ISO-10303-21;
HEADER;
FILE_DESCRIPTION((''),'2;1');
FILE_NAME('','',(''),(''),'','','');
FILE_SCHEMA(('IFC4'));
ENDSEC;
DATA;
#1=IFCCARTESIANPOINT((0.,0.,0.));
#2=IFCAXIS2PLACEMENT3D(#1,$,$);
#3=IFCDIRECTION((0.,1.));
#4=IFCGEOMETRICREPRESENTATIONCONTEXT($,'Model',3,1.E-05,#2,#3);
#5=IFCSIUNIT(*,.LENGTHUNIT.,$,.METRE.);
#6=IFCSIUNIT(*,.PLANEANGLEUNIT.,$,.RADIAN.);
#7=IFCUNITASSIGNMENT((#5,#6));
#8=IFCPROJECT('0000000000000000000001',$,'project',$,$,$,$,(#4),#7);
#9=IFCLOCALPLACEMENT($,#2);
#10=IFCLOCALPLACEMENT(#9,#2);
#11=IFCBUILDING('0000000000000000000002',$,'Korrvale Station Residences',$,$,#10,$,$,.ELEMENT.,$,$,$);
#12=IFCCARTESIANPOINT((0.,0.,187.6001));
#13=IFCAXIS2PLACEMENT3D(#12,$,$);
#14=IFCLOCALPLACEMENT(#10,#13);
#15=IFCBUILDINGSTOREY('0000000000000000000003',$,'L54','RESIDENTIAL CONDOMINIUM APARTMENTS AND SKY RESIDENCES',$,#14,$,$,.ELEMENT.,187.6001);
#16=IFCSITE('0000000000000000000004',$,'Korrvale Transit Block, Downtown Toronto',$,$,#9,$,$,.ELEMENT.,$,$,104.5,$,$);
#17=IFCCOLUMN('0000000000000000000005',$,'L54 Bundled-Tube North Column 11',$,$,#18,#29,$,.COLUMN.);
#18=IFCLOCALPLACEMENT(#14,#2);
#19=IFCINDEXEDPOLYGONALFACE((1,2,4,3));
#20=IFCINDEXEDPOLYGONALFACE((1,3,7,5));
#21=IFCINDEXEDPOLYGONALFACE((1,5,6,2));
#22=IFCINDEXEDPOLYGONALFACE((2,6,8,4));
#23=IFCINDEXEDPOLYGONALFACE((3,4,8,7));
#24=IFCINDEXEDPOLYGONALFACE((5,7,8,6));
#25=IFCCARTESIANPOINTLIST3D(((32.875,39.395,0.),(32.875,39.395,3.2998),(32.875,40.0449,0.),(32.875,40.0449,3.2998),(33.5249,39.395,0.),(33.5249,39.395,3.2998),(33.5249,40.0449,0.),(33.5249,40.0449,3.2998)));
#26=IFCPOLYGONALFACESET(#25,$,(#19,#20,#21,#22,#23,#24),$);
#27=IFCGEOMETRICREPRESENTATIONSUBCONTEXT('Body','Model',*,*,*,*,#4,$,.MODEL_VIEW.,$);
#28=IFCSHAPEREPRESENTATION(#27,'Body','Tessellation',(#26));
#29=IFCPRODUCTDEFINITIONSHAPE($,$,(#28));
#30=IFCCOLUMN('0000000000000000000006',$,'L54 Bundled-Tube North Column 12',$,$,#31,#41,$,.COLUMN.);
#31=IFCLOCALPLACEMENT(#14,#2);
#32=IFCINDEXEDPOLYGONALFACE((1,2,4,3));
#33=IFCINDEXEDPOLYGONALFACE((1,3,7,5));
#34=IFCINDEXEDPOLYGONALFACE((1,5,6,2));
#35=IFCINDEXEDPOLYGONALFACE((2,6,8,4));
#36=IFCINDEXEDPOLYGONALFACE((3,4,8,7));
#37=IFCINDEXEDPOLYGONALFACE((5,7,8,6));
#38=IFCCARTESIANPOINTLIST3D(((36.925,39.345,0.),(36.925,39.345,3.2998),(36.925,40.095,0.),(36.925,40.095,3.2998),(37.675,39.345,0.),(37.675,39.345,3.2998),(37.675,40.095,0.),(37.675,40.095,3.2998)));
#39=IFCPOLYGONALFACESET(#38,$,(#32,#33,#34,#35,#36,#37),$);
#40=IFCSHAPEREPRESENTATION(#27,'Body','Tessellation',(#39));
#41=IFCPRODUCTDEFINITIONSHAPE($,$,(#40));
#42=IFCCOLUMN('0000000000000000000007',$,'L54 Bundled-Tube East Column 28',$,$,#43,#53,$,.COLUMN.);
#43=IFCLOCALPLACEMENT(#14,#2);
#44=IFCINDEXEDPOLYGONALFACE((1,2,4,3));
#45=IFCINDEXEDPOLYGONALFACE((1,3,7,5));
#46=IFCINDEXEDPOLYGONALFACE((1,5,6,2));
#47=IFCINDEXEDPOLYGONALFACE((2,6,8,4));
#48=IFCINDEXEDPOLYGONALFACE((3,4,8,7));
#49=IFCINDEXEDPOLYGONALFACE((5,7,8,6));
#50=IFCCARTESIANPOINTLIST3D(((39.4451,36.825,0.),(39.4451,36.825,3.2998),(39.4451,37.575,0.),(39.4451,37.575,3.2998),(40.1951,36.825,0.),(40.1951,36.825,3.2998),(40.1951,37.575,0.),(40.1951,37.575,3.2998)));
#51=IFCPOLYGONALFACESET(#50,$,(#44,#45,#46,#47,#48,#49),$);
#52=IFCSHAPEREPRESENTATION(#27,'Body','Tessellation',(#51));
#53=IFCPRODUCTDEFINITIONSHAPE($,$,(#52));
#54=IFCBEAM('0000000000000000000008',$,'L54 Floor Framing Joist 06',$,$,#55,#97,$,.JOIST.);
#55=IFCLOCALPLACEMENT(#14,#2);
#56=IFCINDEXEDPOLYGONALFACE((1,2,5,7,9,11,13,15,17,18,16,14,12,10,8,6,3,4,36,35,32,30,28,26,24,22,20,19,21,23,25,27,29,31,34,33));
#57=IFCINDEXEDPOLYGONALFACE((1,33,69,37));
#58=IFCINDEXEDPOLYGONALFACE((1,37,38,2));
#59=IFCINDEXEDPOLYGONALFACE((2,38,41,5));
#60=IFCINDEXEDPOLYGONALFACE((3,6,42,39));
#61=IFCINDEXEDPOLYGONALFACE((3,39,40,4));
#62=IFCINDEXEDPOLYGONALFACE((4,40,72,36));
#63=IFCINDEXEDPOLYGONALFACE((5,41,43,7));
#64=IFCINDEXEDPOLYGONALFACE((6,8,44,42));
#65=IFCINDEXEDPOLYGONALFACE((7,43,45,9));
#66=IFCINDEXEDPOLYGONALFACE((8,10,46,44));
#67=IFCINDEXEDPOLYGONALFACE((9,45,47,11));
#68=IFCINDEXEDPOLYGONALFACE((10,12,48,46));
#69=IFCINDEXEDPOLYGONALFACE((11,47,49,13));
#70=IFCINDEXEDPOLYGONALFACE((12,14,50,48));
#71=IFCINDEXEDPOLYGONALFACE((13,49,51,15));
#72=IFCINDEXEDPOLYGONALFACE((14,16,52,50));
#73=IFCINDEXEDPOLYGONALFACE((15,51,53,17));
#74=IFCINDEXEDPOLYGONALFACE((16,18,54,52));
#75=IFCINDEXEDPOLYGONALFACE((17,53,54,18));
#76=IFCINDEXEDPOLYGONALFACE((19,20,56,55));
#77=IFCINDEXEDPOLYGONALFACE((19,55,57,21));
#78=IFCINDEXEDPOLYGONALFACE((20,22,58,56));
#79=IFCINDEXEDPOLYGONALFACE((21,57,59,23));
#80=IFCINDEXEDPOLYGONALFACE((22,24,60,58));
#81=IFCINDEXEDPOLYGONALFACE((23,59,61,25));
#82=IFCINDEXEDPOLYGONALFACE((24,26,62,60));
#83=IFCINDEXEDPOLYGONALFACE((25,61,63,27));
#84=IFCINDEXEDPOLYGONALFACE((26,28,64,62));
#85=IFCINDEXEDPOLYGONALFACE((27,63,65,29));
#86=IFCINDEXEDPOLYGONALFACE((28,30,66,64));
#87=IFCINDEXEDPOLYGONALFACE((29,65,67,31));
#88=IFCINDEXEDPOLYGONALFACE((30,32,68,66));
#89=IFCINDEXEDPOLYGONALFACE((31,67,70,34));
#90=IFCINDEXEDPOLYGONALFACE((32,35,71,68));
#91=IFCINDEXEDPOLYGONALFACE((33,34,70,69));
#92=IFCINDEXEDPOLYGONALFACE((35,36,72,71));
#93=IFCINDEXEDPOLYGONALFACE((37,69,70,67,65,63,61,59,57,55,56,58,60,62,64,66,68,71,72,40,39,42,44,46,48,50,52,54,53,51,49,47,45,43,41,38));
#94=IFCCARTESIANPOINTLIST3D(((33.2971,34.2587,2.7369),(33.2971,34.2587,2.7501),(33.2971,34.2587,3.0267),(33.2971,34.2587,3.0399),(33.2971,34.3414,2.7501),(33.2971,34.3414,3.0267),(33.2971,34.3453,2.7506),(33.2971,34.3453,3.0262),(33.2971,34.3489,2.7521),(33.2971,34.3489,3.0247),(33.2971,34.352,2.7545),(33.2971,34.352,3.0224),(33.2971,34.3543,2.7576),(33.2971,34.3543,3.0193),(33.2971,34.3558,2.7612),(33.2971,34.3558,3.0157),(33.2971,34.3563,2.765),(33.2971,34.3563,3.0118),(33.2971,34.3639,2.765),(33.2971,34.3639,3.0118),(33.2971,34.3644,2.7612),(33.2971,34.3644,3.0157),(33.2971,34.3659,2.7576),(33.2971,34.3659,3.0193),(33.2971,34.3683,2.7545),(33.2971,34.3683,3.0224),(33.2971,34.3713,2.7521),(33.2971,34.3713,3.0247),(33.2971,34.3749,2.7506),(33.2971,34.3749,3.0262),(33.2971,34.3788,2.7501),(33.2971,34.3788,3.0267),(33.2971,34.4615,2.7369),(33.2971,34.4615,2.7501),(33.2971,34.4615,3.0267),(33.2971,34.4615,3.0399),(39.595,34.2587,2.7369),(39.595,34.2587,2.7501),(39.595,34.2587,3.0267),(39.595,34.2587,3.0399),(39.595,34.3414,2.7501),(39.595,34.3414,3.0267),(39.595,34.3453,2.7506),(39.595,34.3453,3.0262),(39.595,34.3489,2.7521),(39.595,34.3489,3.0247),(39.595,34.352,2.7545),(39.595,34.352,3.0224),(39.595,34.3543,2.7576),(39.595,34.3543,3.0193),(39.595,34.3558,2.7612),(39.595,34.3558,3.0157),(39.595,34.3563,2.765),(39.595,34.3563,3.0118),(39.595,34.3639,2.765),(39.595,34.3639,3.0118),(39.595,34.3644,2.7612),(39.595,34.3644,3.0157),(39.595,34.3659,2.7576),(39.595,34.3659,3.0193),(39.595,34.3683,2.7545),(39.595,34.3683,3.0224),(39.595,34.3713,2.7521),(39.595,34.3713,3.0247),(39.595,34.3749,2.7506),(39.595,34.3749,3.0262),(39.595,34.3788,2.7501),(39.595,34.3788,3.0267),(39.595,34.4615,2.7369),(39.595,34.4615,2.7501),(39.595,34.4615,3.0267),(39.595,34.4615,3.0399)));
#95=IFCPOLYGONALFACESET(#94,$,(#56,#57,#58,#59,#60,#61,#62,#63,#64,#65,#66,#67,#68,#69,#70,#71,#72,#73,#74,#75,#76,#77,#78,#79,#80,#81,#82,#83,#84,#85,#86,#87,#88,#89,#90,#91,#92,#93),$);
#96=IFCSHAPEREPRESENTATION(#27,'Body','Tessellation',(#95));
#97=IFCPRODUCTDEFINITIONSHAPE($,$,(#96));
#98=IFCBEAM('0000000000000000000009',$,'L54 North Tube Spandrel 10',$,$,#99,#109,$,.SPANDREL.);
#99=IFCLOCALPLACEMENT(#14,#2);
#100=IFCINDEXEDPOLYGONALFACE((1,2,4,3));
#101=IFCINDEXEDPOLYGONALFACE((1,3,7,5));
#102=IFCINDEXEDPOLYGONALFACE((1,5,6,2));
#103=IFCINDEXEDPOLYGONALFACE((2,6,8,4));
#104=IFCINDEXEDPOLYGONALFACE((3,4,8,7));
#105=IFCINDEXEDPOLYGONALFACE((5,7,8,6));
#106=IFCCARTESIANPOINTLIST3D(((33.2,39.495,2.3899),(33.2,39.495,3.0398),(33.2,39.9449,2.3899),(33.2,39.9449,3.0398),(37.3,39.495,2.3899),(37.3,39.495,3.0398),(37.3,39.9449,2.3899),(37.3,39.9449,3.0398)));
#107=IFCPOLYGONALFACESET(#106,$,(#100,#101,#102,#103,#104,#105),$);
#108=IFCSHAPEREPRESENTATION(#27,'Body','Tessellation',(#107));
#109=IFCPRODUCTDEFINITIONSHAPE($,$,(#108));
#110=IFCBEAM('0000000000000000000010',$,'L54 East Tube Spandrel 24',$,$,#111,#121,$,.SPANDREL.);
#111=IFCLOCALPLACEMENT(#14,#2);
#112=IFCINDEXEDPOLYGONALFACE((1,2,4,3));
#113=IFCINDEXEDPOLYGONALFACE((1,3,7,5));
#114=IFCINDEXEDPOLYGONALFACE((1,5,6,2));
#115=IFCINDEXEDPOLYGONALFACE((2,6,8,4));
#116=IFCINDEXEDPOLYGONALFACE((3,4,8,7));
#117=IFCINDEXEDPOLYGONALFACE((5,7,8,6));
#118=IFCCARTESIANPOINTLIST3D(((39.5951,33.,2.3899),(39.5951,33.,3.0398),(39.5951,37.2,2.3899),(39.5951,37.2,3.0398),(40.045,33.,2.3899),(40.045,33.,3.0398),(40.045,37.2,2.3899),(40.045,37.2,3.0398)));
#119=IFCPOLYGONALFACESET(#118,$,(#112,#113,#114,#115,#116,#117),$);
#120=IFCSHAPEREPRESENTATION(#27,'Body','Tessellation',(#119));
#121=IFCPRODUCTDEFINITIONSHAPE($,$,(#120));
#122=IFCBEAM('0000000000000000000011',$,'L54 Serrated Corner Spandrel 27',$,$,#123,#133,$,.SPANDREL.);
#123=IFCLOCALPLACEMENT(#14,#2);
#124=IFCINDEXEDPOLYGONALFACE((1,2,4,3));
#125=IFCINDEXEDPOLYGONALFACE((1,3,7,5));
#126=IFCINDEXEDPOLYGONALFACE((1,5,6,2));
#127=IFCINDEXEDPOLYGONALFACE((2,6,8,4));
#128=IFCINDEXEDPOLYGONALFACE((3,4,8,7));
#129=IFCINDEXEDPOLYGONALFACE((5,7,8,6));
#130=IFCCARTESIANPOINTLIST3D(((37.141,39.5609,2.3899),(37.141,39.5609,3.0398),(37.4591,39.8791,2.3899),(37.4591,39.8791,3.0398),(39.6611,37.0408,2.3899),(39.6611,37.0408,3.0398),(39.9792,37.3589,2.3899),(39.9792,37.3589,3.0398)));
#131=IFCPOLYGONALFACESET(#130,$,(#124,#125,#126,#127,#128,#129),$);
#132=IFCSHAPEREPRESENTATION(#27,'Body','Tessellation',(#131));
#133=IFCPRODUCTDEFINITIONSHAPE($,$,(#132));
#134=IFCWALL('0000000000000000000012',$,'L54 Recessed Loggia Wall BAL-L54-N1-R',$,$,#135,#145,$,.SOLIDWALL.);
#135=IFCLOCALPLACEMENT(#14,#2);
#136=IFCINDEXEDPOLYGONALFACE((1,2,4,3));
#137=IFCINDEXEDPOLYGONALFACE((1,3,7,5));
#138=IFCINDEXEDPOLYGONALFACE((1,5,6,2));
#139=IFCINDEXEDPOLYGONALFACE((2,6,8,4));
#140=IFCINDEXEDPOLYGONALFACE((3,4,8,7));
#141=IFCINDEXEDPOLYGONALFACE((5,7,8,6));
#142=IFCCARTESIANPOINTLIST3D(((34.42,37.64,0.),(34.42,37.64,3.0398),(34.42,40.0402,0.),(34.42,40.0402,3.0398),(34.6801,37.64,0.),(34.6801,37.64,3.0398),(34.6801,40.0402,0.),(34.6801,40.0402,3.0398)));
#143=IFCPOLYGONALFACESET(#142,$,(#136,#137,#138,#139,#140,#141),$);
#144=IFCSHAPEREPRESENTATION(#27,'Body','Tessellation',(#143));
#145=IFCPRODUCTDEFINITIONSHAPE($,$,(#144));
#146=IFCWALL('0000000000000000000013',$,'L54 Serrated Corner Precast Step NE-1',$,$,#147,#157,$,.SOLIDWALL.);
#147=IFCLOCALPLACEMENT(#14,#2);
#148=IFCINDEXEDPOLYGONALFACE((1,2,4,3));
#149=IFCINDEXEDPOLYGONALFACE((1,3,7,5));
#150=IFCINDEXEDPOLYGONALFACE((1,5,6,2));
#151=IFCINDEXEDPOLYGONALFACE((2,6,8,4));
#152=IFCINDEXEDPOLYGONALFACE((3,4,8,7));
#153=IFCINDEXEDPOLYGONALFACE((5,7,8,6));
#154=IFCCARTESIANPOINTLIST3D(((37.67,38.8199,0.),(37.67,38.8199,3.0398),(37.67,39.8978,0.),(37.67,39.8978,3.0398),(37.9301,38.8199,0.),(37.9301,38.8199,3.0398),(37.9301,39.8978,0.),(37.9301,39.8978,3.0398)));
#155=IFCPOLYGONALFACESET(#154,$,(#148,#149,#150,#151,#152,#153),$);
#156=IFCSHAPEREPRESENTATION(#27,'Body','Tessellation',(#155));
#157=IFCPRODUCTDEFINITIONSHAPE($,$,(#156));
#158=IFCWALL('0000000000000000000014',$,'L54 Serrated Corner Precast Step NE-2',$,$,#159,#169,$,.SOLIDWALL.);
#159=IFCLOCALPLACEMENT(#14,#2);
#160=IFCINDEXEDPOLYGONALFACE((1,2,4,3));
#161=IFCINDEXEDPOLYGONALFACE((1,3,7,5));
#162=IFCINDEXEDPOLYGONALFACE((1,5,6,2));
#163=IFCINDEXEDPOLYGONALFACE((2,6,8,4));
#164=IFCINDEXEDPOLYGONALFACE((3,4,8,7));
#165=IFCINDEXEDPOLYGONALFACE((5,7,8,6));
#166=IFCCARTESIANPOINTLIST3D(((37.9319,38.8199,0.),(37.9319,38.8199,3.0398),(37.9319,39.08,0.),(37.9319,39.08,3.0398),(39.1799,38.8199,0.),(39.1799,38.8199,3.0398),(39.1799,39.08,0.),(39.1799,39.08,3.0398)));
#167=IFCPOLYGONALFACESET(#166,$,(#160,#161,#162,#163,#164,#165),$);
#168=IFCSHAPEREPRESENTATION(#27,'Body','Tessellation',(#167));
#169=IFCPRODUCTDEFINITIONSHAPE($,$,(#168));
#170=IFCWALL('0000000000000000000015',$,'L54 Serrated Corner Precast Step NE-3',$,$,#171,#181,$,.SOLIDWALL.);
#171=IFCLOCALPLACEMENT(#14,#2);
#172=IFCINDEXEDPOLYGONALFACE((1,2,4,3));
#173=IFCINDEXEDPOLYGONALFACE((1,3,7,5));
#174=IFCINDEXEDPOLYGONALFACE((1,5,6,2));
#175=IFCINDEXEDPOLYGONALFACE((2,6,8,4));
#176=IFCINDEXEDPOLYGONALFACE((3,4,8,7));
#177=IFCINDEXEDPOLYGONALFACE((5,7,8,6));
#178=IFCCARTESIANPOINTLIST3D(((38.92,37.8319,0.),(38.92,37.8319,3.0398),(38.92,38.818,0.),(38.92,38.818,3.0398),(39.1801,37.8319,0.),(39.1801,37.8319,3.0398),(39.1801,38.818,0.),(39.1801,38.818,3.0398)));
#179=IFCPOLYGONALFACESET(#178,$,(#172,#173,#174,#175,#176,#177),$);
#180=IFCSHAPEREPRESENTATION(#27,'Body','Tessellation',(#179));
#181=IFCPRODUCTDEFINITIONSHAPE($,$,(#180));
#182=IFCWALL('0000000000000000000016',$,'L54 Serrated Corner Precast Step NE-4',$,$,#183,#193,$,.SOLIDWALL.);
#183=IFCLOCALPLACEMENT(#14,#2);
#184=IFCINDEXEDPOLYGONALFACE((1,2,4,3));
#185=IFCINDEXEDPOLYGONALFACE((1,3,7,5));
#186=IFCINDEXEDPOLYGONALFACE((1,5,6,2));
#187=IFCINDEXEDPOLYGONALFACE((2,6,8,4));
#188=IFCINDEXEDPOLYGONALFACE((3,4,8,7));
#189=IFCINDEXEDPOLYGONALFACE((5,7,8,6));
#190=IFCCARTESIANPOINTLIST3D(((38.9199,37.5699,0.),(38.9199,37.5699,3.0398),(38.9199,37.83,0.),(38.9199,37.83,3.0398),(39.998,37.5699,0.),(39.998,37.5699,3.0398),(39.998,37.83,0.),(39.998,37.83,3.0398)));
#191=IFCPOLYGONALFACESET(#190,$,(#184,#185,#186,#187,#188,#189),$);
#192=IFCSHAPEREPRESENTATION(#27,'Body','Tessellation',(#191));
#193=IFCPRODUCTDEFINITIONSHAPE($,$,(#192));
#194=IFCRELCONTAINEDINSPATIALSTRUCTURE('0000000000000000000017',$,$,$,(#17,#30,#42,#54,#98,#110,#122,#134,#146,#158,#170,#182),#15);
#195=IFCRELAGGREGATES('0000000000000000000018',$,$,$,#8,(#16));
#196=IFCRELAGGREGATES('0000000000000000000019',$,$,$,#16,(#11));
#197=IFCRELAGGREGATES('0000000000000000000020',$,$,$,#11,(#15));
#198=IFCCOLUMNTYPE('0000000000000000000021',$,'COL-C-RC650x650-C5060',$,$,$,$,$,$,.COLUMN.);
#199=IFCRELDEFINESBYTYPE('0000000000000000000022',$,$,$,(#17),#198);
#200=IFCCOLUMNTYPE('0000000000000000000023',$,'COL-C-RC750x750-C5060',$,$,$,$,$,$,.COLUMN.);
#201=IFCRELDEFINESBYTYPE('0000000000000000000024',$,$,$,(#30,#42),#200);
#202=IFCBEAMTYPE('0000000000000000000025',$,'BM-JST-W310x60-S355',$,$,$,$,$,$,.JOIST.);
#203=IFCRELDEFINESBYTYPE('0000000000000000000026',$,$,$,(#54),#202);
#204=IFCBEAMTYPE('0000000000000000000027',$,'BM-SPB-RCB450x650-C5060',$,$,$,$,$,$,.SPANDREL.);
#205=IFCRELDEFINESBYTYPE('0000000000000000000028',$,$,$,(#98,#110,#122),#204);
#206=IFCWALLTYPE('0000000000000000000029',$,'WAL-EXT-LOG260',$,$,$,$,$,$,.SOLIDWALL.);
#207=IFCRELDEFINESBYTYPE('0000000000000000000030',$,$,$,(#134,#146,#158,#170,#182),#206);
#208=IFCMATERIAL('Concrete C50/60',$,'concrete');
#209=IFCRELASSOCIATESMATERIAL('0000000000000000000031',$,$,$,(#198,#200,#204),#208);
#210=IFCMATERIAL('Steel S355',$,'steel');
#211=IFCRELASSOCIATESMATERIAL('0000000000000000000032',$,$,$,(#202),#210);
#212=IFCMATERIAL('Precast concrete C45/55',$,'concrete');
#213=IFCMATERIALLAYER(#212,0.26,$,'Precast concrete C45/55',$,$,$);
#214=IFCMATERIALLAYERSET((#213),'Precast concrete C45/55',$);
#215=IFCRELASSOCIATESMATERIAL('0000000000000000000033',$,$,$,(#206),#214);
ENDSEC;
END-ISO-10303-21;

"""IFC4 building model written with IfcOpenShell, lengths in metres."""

from ifc_helpers import new_model, si_unit, direction, frame, frame_2d, origin, origin_2d, place, context, subcontext, project, spatial, rectangle, i_section, extrude, material, layer, layer_set, material_profile, profile_set, type_object, element, save


model = new_model("IFC4")

# Units and contexts
model_context = context("Model", 3, precision=1e-05, world=origin(), true_north=direction((0.0, 1.0)))
body_context = subcontext(model_context, "Body", "Model", "MODEL_VIEW")
ifc_project = project(units=[si_unit("LENGTHUNIT", "METRE"), si_unit("PLANEANGLEUNIT", "RADIAN")], contexts=[model_context])

# Site, building, storey
site_placement = place(None, origin())
site = spatial("IfcSite", under=ifc_project, at=site_placement, Name="Korrvale Transit Block, Downtown Toronto", CompositionType="ELEMENT", RefElevation=104.5)
building_placement = place(site_placement, origin())
building = spatial("IfcBuilding", under=site, at=building_placement, Name="Korrvale Station Residences", CompositionType="ELEMENT")
storey_placement = place(building_placement, frame((0.0, 0.0, 187.6001)))
storey = spatial("IfcBuildingStorey", under=building, at=storey_placement, Name="L54", Description="RESIDENTIAL CONDOMINIUM APARTMENTS AND SKY RESIDENCES", CompositionType="ELEMENT", Elevation=187.6001)

# Columns
ifc_material_1 = material(Name="Concrete C50/60", Category="concrete")
ifc_material_profile_1 = material_profile(ifc_material_1, rectangle(XDim=0.6499, YDim=0.6499, at=origin_2d()), Name="RC650x650")
ifc_profile_set_1 = profile_set([ifc_material_profile_1], Name="Concrete C50/60")
column_type_1 = type_object("IfcColumnType", Name="COL-C-RC650x650-C5060", PredefinedType="COLUMN", material=ifc_profile_set_1)
column_placement = place(storey_placement, frame((33.2, 39.72, 0.0), z_axis=(0.0, 0.0, 1.0), x_axis=(1.0, 0.0, 0.0)))
element("IfcColumn", 1, at=column_placement, inside=storey, type_object=column_type_1, Name="L54 Bundled-Tube North Column 11", PredefinedType="COLUMN", context=body_context, shape_type="SweptSolid", body=[
    extrude(rectangle(XDim=0.6499, YDim=0.6499, at=origin_2d()), origin(), (0.0, 0.0, 1.0), 3.2998),
])
ifc_material_profile_2 = material_profile(ifc_material_1, rectangle(XDim=0.75, YDim=0.75, at=origin_2d()), Name="RC750x750")
ifc_profile_set_2 = profile_set([ifc_material_profile_2], Name="Concrete C50/60")
column_type_2 = type_object("IfcColumnType", Name="COL-C-RC750x750-C5060", PredefinedType="COLUMN", material=ifc_profile_set_2)
for number, where, z_axis, x_axis, name in (
    (2, (37.3, 39.72, 0.0), (0.0, 0.0, 1.0), (1.0, 0.0, 0.0), "L54 Bundled-Tube North Column 12"),
    (3, (39.8201, 37.2, 0.0), (0.0, 0.0, 1.0), (1.0, 0.0, 0.0), "L54 Bundled-Tube East Column 28"),
):
    element("IfcColumn", number, at=place(storey_placement, frame(where, z_axis=z_axis, x_axis=x_axis)), inside=storey, type_object=column_type_2, Name=name, PredefinedType="COLUMN", context=body_context, shape_type="SweptSolid", body=[
        extrude(rectangle(XDim=0.75, YDim=0.75, at=origin_2d()), origin(), (0.0, 0.0, 1.0), 3.2998),
    ])

# Beams
ifc_material_2 = material(Name="Steel S355", Category="steel")
ifc_material_profile_3 = material_profile(ifc_material_2, i_section(OverallWidth=0.2029, OverallDepth=0.303, WebThickness=0.0076, FlangeThickness=0.0132, FilletRadius=0.0149, at=origin_2d()), Name="W310x60")
ifc_profile_set_3 = profile_set([ifc_material_profile_3], Name="Steel S355")
beam_type_1 = type_object("IfcBeamType", Name="BM-JST-W310x60-S355", PredefinedType="JOIST", material=ifc_profile_set_3)
beam_1_placement = place(storey_placement, frame((33.2971, 34.3601, 2.8884), z_axis=(1.0, 0.0, 0.0), x_axis=(0.0, 1.0, 0.0)))
element("IfcBeam", 4, at=beam_1_placement, inside=storey, type_object=beam_type_1, Name="L54 Floor Framing Joist 06", PredefinedType="JOIST", context=body_context, shape_type="SweptSolid", body=[
    extrude(i_section(OverallWidth=0.2029, OverallDepth=0.303, WebThickness=0.0076, FlangeThickness=0.0132, FilletRadius=0.0149, at=origin_2d()), origin(), (0.0, 0.0, 1.0), 6.2979),
])
ifc_material_profile_4 = material_profile(ifc_material_1, rectangle(XDim=0.45, YDim=0.6499, at=origin_2d()), Name="RCB450x650")
ifc_profile_set_4 = profile_set([ifc_material_profile_4], Name="Concrete C50/60")
beam_type_2 = type_object("IfcBeamType", Name="BM-SPB-RCB450x650-C5060", PredefinedType="SPANDREL", material=ifc_profile_set_4)
beam_2_placement = place(storey_placement, frame((33.2, 39.72, 2.7148), z_axis=(1.0, 0.0, 0.0), x_axis=(0.0, 1.0, 0.0)))
element("IfcBeam", 5, at=beam_2_placement, inside=storey, type_object=beam_type_2, Name="L54 North Tube Spandrel 10", PredefinedType="SPANDREL", context=body_context, shape_type="SweptSolid", body=[
    extrude(rectangle(XDim=0.45, YDim=0.6499, at=origin_2d()), origin(), (0.0, 0.0, 1.0), 4.1001),
])
beam_3_placement = place(storey_placement, frame((39.8201, 33.0, 2.7148), z_axis=(0.0, 1.0, 0.0), x_axis=(-1.0, 0.0, 0.0)))
element("IfcBeam", 6, at=beam_3_placement, inside=storey, type_object=beam_type_2, Name="L54 East Tube Spandrel 24", PredefinedType="SPANDREL", context=body_context, shape_type="SweptSolid", body=[
    extrude(rectangle(XDim=0.45, YDim=0.6499, at=origin_2d()), origin(), (0.0, 0.0, 1.0), 4.2),
])
beam_4_placement = place(storey_placement, frame((37.3, 39.72, 2.7148), z_axis=(0.707107, -0.707107, 0.0), x_axis=(0.707107, 0.707107, 0.0)))
element("IfcBeam", 7, at=beam_4_placement, inside=storey, type_object=beam_type_2, Name="L54 Serrated Corner Spandrel 27", PredefinedType="SPANDREL", context=body_context, shape_type="SweptSolid", body=[
    extrude(rectangle(XDim=0.45, YDim=0.6499, at=origin_2d()), origin(), (0.0, 0.0, 1.0), 3.564),
])

# Walls
ifc_material_3 = material(Name="Precast concrete C45/55", Category="concrete")
ifc_layer_1 = layer(ifc_material_3, 0.26, Name="Precast concrete C45/55")
ifc_layer_set_1 = layer_set([ifc_layer_1], Name="Precast concrete C45/55")
wall_type_1 = type_object("IfcWallType", Name="WAL-EXT-LOG260", PredefinedType="SOLIDWALL", material=ifc_layer_set_1)
wall_1_placement = place(storey_placement, frame((34.55, 37.6399, 0.0), z_axis=(0.0, 0.0, 1.0), x_axis=(0.0, 1.0, 0.0)))
element("IfcWall", 8, at=wall_1_placement, inside=storey, type_object=wall_type_1, Name="L54 Recessed Loggia Wall BAL-L54-N1-R", PredefinedType="SOLIDWALL", context=body_context, shape_type="SweptSolid", body=[
    extrude(rectangle(XDim=2.4001, YDim=0.26, at=frame_2d((1.2002, 0.0))), origin(), (0.0, 0.0, 1.0), 3.0398),
])
wall_2_placement = place(storey_placement, frame((37.8, 39.8979, 0.0), z_axis=(0.0, 0.0, 1.0), x_axis=(0.0, -1.0, 0.0)))
element("IfcWall", 9, at=wall_2_placement, inside=storey, type_object=wall_type_1, Name="L54 Serrated Corner Precast Step NE-1", PredefinedType="SOLIDWALL", context=body_context, shape_type="SweptSolid", body=[
    extrude(rectangle(XDim=1.0779, YDim=0.26, at=frame_2d((0.5391, 0.0))), origin(), (0.0, 0.0, 1.0), 3.0398),
])
wall_3_placement = place(storey_placement, frame((37.9319, 38.95, 0.0), z_axis=(0.0, 0.0, 1.0), x_axis=(1.0, 0.0, 0.0)))
element("IfcWall", 10, at=wall_3_placement, inside=storey, type_object=wall_type_1, Name="L54 Serrated Corner Precast Step NE-2", PredefinedType="SOLIDWALL", context=body_context, shape_type="SweptSolid", body=[
    extrude(rectangle(XDim=1.248, YDim=0.26, at=frame_2d((0.624, 0.0))), origin(), (0.0, 0.0, 1.0), 3.0398),
])
wall_4_placement = place(storey_placement, frame((39.05, 38.8181, 0.0), z_axis=(0.0, 0.0, 1.0), x_axis=(0.0, -1.0, 0.0)))
element("IfcWall", 11, at=wall_4_placement, inside=storey, type_object=wall_type_1, Name="L54 Serrated Corner Precast Step NE-3", PredefinedType="SOLIDWALL", context=body_context, shape_type="SweptSolid", body=[
    extrude(rectangle(XDim=0.9861, YDim=0.26, at=frame_2d((0.4932, 0.0))), origin(), (0.0, 0.0, 1.0), 3.0398),
])
wall_5_placement = place(storey_placement, frame((38.9199, 37.7, 0.0), z_axis=(0.0, 0.0, 1.0), x_axis=(1.0, 0.0, 0.0)))
element("IfcWall", 12, at=wall_5_placement, inside=storey, type_object=wall_type_1, Name="L54 Serrated Corner Precast Step NE-4", PredefinedType="SOLIDWALL", context=body_context, shape_type="SweptSolid", body=[
    extrude(rectangle(XDim=1.0781, YDim=0.26, at=frame_2d((0.5391, 0.0))), origin(), (0.0, 0.0, 1.0), 3.0398),
])

save(model, "model.ifc")
